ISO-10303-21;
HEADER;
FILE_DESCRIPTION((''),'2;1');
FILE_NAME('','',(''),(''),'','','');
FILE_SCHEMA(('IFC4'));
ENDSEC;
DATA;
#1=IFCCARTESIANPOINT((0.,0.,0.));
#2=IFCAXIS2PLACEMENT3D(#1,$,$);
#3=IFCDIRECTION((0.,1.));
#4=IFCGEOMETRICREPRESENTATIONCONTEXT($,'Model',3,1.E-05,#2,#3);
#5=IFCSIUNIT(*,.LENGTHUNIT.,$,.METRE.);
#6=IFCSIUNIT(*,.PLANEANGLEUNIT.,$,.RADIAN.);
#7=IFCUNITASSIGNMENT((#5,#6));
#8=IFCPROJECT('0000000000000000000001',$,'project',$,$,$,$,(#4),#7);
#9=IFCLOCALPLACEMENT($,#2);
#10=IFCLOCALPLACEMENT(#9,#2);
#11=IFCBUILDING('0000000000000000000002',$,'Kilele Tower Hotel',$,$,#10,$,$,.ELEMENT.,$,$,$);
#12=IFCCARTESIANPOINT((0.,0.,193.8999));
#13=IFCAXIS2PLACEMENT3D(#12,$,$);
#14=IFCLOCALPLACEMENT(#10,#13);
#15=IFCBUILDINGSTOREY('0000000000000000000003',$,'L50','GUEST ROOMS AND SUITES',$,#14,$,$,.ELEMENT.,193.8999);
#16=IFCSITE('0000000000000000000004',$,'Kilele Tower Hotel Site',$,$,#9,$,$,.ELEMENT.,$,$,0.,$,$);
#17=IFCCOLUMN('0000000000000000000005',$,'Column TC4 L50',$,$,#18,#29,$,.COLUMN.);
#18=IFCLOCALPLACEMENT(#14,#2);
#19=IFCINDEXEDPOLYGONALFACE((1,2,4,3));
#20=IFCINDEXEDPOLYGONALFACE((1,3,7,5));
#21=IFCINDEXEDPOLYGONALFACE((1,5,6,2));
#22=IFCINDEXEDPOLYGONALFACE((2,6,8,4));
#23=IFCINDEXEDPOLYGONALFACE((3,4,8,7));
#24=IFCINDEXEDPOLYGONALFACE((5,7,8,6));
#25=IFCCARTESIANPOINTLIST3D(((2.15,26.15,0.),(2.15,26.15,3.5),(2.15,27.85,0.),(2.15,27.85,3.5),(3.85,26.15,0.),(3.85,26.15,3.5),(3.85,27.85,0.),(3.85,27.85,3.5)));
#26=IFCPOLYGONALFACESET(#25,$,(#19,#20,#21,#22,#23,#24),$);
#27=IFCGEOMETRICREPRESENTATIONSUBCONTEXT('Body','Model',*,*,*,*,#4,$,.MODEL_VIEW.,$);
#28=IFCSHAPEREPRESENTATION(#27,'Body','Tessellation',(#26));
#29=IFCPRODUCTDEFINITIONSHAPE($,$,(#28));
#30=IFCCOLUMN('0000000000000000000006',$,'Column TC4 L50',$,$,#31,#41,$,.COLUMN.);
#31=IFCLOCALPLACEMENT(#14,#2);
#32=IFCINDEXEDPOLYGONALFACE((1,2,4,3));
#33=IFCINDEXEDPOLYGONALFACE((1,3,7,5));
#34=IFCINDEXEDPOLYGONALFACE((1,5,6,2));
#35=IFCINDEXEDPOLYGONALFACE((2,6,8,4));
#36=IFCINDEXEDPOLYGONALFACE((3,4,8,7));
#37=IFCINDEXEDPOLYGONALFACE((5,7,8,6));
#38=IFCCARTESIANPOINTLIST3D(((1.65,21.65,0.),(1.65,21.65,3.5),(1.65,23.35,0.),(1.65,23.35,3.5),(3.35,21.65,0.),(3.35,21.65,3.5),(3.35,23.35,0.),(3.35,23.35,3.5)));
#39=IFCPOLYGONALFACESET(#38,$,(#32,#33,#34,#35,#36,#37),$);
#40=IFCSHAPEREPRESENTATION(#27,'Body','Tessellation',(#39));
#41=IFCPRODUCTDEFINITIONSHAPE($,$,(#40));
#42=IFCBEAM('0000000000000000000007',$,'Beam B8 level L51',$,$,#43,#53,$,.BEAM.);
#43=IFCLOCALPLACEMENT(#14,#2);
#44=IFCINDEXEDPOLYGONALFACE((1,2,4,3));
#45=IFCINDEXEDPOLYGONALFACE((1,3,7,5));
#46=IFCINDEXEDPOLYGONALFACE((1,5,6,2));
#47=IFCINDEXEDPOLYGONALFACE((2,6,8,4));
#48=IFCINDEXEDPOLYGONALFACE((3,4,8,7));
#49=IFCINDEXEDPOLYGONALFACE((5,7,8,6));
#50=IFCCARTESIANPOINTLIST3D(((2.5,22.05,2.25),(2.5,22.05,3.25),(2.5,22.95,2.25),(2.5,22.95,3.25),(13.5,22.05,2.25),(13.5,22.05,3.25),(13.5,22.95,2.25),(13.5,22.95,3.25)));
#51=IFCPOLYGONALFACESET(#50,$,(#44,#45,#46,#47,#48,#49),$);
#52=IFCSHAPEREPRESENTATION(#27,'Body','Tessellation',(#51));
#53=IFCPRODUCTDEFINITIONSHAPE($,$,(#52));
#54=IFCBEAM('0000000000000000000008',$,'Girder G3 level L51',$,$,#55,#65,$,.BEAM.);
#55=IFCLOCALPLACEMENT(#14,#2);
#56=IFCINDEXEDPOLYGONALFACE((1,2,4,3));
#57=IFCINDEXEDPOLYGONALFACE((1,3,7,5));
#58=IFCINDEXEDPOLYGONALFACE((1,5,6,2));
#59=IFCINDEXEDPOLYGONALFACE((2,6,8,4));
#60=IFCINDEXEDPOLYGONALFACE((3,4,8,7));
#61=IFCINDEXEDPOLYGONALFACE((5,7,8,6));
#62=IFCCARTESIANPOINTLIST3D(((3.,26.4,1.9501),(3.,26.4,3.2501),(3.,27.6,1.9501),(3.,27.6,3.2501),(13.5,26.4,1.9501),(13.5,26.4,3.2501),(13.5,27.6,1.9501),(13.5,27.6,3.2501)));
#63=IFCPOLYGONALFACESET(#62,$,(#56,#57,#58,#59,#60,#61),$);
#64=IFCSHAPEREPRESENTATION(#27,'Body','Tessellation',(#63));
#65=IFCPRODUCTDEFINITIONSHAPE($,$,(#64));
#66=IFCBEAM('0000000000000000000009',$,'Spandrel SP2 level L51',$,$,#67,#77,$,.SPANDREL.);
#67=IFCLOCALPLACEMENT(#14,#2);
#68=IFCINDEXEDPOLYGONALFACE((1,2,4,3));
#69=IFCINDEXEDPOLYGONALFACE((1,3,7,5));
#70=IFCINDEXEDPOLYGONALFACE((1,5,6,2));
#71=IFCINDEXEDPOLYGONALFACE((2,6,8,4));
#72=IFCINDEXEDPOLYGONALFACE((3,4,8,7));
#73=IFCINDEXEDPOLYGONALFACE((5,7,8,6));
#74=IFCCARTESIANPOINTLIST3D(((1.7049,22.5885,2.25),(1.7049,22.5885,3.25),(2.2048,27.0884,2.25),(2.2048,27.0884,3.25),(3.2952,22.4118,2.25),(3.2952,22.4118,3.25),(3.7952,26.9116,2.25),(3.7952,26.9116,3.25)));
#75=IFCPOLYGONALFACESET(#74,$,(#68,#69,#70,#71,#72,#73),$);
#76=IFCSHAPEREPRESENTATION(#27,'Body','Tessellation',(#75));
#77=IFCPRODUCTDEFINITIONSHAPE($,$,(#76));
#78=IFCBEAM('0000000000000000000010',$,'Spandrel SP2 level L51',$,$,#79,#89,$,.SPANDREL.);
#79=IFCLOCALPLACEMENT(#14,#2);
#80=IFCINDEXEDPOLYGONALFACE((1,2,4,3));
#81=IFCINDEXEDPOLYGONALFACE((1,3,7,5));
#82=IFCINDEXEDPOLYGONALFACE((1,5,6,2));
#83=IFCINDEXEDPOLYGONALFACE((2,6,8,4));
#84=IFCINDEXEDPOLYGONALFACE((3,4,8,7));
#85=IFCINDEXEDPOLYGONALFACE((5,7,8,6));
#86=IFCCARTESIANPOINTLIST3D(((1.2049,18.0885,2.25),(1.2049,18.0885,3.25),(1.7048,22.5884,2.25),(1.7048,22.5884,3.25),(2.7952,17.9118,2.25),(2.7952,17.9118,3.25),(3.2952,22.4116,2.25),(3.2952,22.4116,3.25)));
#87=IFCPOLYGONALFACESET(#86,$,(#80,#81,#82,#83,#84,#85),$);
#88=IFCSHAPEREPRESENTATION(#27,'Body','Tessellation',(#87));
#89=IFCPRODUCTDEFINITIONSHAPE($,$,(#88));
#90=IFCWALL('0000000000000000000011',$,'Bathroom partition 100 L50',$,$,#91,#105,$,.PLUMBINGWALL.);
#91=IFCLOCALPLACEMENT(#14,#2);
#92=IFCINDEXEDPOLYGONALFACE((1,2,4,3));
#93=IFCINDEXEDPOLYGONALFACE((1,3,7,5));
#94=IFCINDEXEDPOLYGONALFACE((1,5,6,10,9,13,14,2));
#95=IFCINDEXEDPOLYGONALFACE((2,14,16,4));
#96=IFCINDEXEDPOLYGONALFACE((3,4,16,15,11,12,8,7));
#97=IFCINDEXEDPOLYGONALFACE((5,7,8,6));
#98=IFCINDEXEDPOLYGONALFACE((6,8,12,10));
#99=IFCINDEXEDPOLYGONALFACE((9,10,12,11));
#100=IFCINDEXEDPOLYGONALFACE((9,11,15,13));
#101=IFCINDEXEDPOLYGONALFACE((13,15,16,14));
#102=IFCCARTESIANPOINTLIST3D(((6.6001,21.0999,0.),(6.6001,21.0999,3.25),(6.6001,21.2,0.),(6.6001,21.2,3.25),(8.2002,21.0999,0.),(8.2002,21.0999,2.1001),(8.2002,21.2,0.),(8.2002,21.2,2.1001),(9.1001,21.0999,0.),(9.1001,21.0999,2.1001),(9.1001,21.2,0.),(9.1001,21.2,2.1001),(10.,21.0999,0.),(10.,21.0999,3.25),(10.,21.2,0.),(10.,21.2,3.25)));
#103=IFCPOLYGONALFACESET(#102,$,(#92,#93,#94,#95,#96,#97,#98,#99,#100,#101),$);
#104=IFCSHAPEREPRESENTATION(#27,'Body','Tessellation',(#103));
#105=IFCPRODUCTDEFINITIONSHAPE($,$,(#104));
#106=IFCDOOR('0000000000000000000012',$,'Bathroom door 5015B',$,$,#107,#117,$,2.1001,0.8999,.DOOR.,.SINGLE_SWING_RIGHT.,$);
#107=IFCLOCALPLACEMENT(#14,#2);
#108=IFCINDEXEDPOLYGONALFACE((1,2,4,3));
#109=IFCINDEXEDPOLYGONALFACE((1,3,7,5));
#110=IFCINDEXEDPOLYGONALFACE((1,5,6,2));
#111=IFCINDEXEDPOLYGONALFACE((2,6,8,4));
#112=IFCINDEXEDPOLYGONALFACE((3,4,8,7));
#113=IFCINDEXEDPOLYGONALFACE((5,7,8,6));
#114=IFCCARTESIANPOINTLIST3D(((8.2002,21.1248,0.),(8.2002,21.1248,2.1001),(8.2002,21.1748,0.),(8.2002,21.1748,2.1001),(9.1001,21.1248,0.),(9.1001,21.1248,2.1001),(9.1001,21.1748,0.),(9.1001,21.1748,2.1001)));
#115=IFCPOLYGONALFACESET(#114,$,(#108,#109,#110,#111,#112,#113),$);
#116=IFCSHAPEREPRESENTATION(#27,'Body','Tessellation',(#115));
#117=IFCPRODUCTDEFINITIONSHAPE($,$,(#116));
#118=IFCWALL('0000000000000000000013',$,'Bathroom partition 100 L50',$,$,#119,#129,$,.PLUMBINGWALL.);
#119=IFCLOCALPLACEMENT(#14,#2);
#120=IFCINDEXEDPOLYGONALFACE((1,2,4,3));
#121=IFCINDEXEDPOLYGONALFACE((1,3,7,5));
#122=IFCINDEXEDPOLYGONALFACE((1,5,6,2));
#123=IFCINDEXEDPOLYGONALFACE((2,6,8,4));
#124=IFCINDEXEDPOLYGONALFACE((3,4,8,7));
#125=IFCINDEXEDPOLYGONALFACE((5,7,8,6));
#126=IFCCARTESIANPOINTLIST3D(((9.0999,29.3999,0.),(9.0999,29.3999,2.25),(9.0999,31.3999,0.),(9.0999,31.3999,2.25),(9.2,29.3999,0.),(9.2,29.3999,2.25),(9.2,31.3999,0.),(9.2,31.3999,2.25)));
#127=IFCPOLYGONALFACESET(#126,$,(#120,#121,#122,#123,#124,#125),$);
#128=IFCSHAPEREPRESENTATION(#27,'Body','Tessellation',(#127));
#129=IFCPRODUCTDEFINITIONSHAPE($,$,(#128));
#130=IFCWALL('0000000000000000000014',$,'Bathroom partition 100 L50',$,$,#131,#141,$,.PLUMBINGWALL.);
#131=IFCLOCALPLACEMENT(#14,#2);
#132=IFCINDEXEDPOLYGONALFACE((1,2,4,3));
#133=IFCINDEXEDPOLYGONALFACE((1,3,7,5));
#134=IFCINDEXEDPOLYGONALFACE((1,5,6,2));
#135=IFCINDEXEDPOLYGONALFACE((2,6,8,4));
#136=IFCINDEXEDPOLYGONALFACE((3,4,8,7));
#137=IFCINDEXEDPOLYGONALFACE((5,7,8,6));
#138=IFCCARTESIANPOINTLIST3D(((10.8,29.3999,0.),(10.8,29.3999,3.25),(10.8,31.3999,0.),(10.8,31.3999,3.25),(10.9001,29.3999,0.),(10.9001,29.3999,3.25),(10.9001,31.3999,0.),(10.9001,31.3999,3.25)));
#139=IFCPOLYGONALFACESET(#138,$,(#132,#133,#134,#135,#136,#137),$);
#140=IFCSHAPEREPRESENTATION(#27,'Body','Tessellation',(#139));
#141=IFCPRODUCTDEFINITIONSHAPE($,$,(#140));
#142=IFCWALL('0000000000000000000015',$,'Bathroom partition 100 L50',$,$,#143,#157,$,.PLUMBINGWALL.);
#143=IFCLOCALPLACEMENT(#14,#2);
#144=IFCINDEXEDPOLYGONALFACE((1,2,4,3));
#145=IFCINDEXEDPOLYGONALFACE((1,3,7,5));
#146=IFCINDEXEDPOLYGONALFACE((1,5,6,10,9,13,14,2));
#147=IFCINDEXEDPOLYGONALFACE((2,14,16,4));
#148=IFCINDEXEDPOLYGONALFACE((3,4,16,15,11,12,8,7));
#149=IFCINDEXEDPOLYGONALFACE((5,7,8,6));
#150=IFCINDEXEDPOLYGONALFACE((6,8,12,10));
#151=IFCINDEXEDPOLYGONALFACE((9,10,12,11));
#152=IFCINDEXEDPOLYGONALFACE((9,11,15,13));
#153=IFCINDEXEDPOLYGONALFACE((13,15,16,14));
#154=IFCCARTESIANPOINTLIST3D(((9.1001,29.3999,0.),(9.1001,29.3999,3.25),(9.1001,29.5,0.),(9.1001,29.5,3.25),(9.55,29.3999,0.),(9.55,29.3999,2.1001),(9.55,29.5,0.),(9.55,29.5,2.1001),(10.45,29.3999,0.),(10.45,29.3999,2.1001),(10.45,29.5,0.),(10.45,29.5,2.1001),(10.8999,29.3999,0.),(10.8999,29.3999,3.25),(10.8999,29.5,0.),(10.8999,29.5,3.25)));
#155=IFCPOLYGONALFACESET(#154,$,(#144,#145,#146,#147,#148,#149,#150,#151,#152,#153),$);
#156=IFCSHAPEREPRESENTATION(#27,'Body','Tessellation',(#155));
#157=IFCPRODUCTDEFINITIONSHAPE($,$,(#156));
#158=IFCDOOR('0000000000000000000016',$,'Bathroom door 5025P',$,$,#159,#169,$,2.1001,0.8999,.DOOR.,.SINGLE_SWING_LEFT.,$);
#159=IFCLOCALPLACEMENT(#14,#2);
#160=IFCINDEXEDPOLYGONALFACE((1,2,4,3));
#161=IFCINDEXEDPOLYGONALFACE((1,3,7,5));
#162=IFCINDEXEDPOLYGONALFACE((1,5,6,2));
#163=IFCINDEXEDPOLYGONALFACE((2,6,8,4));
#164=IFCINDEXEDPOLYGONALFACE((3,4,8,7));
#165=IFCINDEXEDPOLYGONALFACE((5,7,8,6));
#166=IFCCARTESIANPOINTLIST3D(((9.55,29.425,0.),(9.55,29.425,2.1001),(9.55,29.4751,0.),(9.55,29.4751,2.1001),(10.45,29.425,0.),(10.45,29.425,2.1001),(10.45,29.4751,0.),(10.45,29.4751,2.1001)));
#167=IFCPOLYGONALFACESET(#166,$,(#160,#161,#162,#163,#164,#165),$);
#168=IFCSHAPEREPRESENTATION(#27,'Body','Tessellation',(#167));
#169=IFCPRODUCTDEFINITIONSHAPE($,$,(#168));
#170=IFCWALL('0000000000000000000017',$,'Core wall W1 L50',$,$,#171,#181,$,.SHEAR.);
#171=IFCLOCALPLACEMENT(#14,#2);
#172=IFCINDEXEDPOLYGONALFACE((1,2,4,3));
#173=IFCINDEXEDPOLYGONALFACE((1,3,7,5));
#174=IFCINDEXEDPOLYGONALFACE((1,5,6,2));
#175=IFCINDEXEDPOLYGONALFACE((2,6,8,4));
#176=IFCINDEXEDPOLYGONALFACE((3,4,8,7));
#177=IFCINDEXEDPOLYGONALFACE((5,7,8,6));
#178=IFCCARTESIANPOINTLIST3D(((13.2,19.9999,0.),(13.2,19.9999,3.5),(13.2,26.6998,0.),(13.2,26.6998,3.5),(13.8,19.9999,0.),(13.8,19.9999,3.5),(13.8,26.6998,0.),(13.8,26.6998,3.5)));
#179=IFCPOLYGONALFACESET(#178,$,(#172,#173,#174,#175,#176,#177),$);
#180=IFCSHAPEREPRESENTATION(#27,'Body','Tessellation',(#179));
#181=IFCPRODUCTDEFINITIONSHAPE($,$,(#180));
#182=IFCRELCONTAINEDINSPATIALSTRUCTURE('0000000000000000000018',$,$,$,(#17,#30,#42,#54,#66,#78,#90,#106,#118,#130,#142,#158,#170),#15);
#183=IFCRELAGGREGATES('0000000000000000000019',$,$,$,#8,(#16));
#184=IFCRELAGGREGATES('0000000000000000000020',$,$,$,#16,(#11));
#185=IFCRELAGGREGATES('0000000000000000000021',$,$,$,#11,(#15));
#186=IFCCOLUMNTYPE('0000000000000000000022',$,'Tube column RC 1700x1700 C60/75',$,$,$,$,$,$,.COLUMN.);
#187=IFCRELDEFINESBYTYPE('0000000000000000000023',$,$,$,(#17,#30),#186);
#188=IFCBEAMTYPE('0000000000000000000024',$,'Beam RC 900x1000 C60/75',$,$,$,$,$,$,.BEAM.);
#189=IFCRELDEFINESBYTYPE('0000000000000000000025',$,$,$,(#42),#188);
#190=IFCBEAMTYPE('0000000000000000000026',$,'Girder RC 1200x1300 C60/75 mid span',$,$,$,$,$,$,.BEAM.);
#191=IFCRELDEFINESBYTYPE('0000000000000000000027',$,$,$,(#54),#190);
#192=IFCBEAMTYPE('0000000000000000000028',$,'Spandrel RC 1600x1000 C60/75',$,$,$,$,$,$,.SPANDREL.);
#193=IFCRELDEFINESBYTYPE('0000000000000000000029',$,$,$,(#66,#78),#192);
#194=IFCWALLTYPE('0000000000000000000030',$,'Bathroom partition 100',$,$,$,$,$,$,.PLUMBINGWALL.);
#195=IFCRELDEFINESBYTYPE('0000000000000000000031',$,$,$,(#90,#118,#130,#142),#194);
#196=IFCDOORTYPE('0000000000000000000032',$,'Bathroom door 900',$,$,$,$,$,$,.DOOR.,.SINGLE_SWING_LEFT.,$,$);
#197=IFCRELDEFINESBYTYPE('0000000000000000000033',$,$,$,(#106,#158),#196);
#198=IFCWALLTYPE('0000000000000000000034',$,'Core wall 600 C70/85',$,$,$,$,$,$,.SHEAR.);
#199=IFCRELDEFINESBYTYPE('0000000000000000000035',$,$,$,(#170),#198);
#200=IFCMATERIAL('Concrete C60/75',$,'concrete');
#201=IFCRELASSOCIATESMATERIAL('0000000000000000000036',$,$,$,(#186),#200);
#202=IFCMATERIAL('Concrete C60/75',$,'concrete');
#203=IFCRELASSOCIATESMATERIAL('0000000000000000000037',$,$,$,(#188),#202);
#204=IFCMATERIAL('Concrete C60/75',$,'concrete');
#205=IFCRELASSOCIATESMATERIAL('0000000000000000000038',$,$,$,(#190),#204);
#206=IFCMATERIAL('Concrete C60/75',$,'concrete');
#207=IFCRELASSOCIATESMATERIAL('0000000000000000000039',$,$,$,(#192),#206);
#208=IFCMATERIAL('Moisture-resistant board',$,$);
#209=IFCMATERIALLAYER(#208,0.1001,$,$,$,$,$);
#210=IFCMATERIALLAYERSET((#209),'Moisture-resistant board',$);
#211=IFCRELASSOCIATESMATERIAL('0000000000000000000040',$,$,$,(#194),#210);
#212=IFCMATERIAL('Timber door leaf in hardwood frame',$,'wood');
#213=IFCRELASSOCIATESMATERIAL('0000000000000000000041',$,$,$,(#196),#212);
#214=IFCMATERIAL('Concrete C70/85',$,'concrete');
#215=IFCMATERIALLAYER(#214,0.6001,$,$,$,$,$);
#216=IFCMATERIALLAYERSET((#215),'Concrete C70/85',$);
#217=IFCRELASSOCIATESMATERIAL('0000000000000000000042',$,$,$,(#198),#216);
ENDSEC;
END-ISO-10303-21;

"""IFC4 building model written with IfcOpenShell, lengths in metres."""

from ifc_helpers import new_model, si_unit, direction, frame, frame_2d, origin, origin_2d, place, context, subcontext, project, spatial, rectangle, extrude, material, layer, layer_set, material_profile, profile_set, type_object, element, fill, save


model = new_model("IFC4")

# Units and contexts
model_context = context("Model", 3, precision=1e-05, world=origin(), true_north=direction((0.0, 1.0)))
body_context = subcontext(model_context, "Body", "Model", "MODEL_VIEW")
ifc_project = project(units=[si_unit("LENGTHUNIT", "METRE"), si_unit("PLANEANGLEUNIT", "RADIAN")], contexts=[model_context])

# Site, building, storey
site_placement = place(None, origin())
site = spatial("IfcSite", under=ifc_project, at=site_placement, Name="Kilele Tower Hotel Site", CompositionType="ELEMENT", RefElevation=0.0)
building_placement = place(site_placement, origin())
building = spatial("IfcBuilding", under=site, at=building_placement, Name="Kilele Tower Hotel", CompositionType="ELEMENT")
storey_placement = place(building_placement, frame((0.0, 0.0, 193.8999)))
storey = spatial("IfcBuildingStorey", under=building, at=storey_placement, Name="L50", Description="GUEST ROOMS AND SUITES", CompositionType="ELEMENT", Elevation=193.8999)

# Columns
ifc_material_1 = material(Name="Concrete C60/75", Category="concrete")
ifc_material_profile_1 = material_profile(ifc_material_1, rectangle(XDim=1.7, YDim=1.7, at=origin_2d()))
ifc_profile_set_1 = profile_set([ifc_material_profile_1], Name="Concrete C60/75")
column_type = type_object("IfcColumnType", Name="Tube column RC 1700x1700 C60/75", PredefinedType="COLUMN", material=ifc_profile_set_1)
for number, where, z_axis, x_axis, name in (
    (1, (3.0, 27.0, 0.0), (0.0, 0.0, 1.0), (1.0, 0.0, 0.0), "Column TC4 L50"),
    (2, (2.5, 22.5, 0.0), (0.0, 0.0, 1.0), (1.0, 0.0, 0.0), "Column TC4 L50"),
):
    element("IfcColumn", number, at=place(storey_placement, frame(where, z_axis=z_axis, x_axis=x_axis)), inside=storey, type_object=column_type, Name=name, PredefinedType="COLUMN", context=body_context, shape_type="SweptSolid", body=[
        extrude(rectangle(XDim=1.7, YDim=1.7, at=origin_2d()), origin(), (0.0, 0.0, 1.0), 3.5),
    ])

# Beams
ifc_material_2 = material(Name="Concrete C60/75", Category="concrete")
ifc_material_profile_2 = material_profile(ifc_material_2, rectangle(XDim=0.8999, YDim=1.0, at=origin_2d()))
ifc_profile_set_2 = profile_set([ifc_material_profile_2], Name="Concrete C60/75")
beam_type_1 = type_object("IfcBeamType", Name="Beam RC 900x1000 C60/75", PredefinedType="BEAM", material=ifc_profile_set_2)
beam_1_placement = place(storey_placement, frame((2.5, 22.5, 2.75), z_axis=(1.0, 0.0, 0.0), x_axis=(0.0, 1.0, 0.0)))
element("IfcBeam", 3, at=beam_1_placement, inside=storey, type_object=beam_type_1, Name="Beam B8 level L51", PredefinedType="BEAM", context=body_context, shape_type="SweptSolid", body=[
    extrude(rectangle(XDim=0.8999, YDim=1.0, at=origin_2d()), origin(), (0.0, 0.0, 1.0), 11.0),
])
ifc_material_3 = material(Name="Concrete C60/75", Category="concrete")
ifc_material_profile_3 = material_profile(ifc_material_3, rectangle(XDim=1.2, YDim=1.3, at=origin_2d()))
ifc_profile_set_3 = profile_set([ifc_material_profile_3], Name="Concrete C60/75")
beam_type_2 = type_object("IfcBeamType", Name="Girder RC 1200x1300 C60/75 mid span", PredefinedType="BEAM", material=ifc_profile_set_3)
beam_2_placement = place(storey_placement, frame((3.0, 27.0, 2.6001), z_axis=(1.0, 0.0, 0.0), x_axis=(0.0, 1.0, 0.0)))
element("IfcBeam", 4, at=beam_2_placement, inside=storey, type_object=beam_type_2, Name="Girder G3 level L51", PredefinedType="BEAM", context=body_context, shape_type="SweptSolid", body=[
    extrude(rectangle(XDim=1.2, YDim=1.3, at=origin_2d()), origin(), (0.0, 0.0, 1.0), 10.5),
])
ifc_material_4 = material(Name="Concrete C60/75", Category="concrete")
ifc_material_profile_4 = material_profile(ifc_material_4, rectangle(XDim=1.6001, YDim=1.0, at=origin_2d()))
ifc_profile_set_4 = profile_set([ifc_material_profile_4], Name="Concrete C60/75")
beam_type_3 = type_object("IfcBeamType", Name="Spandrel RC 1600x1000 C60/75", PredefinedType="SPANDREL", material=ifc_profile_set_4)
for number, where, z_axis, x_axis, name in (
    (5, (3.0, 27.0, 2.75), (-0.110432, -0.993884, 0.0), (0.993884, -0.110432, 0.0), "Spandrel SP2 level L51"),
    (6, (2.5, 22.5, 2.75), (-0.110432, -0.993884, 0.0), (0.993884, -0.110432, 0.0), "Spandrel SP2 level L51"),
):
    element("IfcBeam", number, at=place(storey_placement, frame(where, z_axis=z_axis, x_axis=x_axis)), inside=storey, type_object=beam_type_3, Name=name, PredefinedType="SPANDREL", context=body_context, shape_type="SweptSolid", body=[
        extrude(rectangle(XDim=1.6001, YDim=1.0, at=origin_2d()), origin(), (0.0, 0.0, 1.0), 4.5276),
    ])

# Wall, opening, door
ifc_material_5 = material(Name="Moisture-resistant board")
ifc_layer_1 = layer(ifc_material_5, 0.1001)
ifc_layer_set_1 = layer_set([ifc_layer_1], Name="Moisture-resistant board")
wall_type_1 = type_object("IfcWallType", Name="Bathroom partition 100", PredefinedType="PLUMBINGWALL", material=ifc_layer_set_1)
wall_1_placement = place(storey_placement, frame((10.0, 21.1499, 0.0), z_axis=(0.0, 0.0, 1.0), x_axis=(-1.0, 0.0, 0.0)))
wall_1 = element("IfcWall", 7, at=wall_1_placement, inside=storey, type_object=wall_type_1, Name="Bathroom partition 100 L50", PredefinedType="PLUMBINGWALL", context=body_context, shape_type="SweptSolid", body=[
    extrude(rectangle(XDim=3.3999, YDim=0.1001, at=frame_2d((1.7, 0.0))), origin(), (0.0, 0.0, 1.0), 3.25),
])
opening_1_placement = place(wall_1_placement, frame((1.7998, 0.0, 0.0), z_axis=(0.0, 0.0, 1.0), x_axis=(-1.0, 0.0, 0.0)))
opening_1 = element("IfcOpeningElement", 8, at=opening_1_placement, cuts=wall_1, PredefinedType="OPENING", context=body_context, shape_type="SweptSolid", body=[
    extrude(rectangle(XDim=0.8999, YDim=2.1001, at=frame_2d((0.45, 1.05))), frame((0.0, 0.0601, 0.0), z_axis=(0.0, -1.0, 0.0), x_axis=(1.0, 0.0, 0.0)), (0.0, 0.0, 1.0), 0.1201),
])
ifc_material_6 = material(Name="Timber door leaf in hardwood frame", Category="wood")
door_type_1 = type_object("IfcDoorType", Name="Bathroom door 900", OperationType="SINGLE_SWING_LEFT", PredefinedType="DOOR", material=ifc_material_6)
door_1_placement = place(opening_1_placement, origin())
door_1 = element("IfcDoor", 9, at=door_1_placement, inside=storey, type_object=door_type_1, Name="Bathroom door 5015B", OperationType="SINGLE_SWING_RIGHT", OverallHeight=2.1001, OverallWidth=0.8999, PredefinedType="DOOR", context=body_context, shape_type="SweptSolid", body=[
    extrude(rectangle(XDim=0.8999, YDim=2.1001, at=frame_2d((0.45, 1.05))), frame((0.0, 0.0249, 0.0), z_axis=(0.0, -1.0, 0.0), x_axis=(1.0, 0.0, 0.0)), (0.0, 0.0, 1.0), 0.05),
])
fill(opening_1, door_1)

# Walls
wall_2_placement = place(storey_placement, frame((9.1499, 31.3999, 0.0), z_axis=(0.0, 0.0, 1.0), x_axis=(0.0, -1.0, 0.0)))
element("IfcWall", 10, at=wall_2_placement, inside=storey, type_object=wall_type_1, Name="Bathroom partition 100 L50", PredefinedType="PLUMBINGWALL", context=body_context, shape_type="SweptSolid", body=[
    extrude(rectangle(XDim=2.0, YDim=0.1001, at=frame_2d((1.0, 0.0))), origin(), (0.0, 0.0, 1.0), 2.25),
])
wall_3_placement = place(storey_placement, frame((10.8501, 31.3999, 0.0), z_axis=(0.0, 0.0, 1.0), x_axis=(0.0, -1.0, 0.0)))
element("IfcWall", 11, at=wall_3_placement, inside=storey, type_object=wall_type_1, Name="Bathroom partition 100 L50", PredefinedType="PLUMBINGWALL", context=body_context, shape_type="SweptSolid", body=[
    extrude(rectangle(XDim=2.0, YDim=0.1001, at=frame_2d((1.0, 0.0))), origin(), (0.0, 0.0, 1.0), 3.25),
])

# Wall, opening, door
wall_4_placement = place(storey_placement, frame((10.8999, 29.45, 0.0), z_axis=(0.0, 0.0, 1.0), x_axis=(-1.0, 0.0, 0.0)))
wall_4 = element("IfcWall", 12, at=wall_4_placement, inside=storey, type_object=wall_type_1, Name="Bathroom partition 100 L50", PredefinedType="PLUMBINGWALL", context=body_context, shape_type="SweptSolid", body=[
    extrude(rectangle(XDim=1.7998, YDim=0.1001, at=frame_2d((0.8999, 0.0))), origin(), (0.0, 0.0, 1.0), 3.25),
])
opening_2_placement = place(wall_4_placement, frame((0.45, 0.0, 0.0)))
opening_2 = element("IfcOpeningElement", 13, at=opening_2_placement, cuts=wall_4, PredefinedType="OPENING", context=body_context, shape_type="SweptSolid", body=[
    extrude(rectangle(XDim=0.8999, YDim=2.1001, at=frame_2d((0.45, 1.05))), frame((0.0, 0.0601, 0.0), z_axis=(0.0, -1.0, 0.0), x_axis=(1.0, 0.0, 0.0)), (0.0, 0.0, 1.0), 0.1201),
])
door_2_placement = place(opening_2_placement, origin())
door_2 = element("IfcDoor", 14, at=door_2_placement, inside=storey, type_object=door_type_1, Name="Bathroom door 5025P", OperationType="SINGLE_SWING_LEFT", OverallHeight=2.1001, OverallWidth=0.8999, PredefinedType="DOOR", context=body_context, shape_type="SweptSolid", body=[
    extrude(rectangle(XDim=0.8999, YDim=2.1001, at=frame_2d((0.45, 1.05))), frame((0.0, 0.0249, 0.0), z_axis=(0.0, -1.0, 0.0), x_axis=(1.0, 0.0, 0.0)), (0.0, 0.0, 1.0), 0.05),
])
fill(opening_2, door_2)

# Wall
ifc_material_7 = material(Name="Concrete C70/85", Category="concrete")
ifc_layer_2 = layer(ifc_material_7, 0.6001)
ifc_layer_set_2 = layer_set([ifc_layer_2], Name="Concrete C70/85")
wall_type_2 = type_object("IfcWallType", Name="Core wall 600 C70/85", PredefinedType="SHEAR", material=ifc_layer_set_2)
wall_5_placement = place(storey_placement, frame((13.5, 26.7, 0.0), z_axis=(0.0, 0.0, 1.0), x_axis=(0.0, -1.0, 0.0)))
element("IfcWall", 15, at=wall_5_placement, inside=storey, type_object=wall_type_2, Name="Core wall W1 L50", PredefinedType="SHEAR", context=body_context, shape_type="SweptSolid", body=[
    extrude(rectangle(XDim=6.7, YDim=0.6001, at=frame_2d((3.3501, 0.0))), origin(), (0.0, 0.0, 1.0), 3.5),
])

save(model, "model.ifc")
